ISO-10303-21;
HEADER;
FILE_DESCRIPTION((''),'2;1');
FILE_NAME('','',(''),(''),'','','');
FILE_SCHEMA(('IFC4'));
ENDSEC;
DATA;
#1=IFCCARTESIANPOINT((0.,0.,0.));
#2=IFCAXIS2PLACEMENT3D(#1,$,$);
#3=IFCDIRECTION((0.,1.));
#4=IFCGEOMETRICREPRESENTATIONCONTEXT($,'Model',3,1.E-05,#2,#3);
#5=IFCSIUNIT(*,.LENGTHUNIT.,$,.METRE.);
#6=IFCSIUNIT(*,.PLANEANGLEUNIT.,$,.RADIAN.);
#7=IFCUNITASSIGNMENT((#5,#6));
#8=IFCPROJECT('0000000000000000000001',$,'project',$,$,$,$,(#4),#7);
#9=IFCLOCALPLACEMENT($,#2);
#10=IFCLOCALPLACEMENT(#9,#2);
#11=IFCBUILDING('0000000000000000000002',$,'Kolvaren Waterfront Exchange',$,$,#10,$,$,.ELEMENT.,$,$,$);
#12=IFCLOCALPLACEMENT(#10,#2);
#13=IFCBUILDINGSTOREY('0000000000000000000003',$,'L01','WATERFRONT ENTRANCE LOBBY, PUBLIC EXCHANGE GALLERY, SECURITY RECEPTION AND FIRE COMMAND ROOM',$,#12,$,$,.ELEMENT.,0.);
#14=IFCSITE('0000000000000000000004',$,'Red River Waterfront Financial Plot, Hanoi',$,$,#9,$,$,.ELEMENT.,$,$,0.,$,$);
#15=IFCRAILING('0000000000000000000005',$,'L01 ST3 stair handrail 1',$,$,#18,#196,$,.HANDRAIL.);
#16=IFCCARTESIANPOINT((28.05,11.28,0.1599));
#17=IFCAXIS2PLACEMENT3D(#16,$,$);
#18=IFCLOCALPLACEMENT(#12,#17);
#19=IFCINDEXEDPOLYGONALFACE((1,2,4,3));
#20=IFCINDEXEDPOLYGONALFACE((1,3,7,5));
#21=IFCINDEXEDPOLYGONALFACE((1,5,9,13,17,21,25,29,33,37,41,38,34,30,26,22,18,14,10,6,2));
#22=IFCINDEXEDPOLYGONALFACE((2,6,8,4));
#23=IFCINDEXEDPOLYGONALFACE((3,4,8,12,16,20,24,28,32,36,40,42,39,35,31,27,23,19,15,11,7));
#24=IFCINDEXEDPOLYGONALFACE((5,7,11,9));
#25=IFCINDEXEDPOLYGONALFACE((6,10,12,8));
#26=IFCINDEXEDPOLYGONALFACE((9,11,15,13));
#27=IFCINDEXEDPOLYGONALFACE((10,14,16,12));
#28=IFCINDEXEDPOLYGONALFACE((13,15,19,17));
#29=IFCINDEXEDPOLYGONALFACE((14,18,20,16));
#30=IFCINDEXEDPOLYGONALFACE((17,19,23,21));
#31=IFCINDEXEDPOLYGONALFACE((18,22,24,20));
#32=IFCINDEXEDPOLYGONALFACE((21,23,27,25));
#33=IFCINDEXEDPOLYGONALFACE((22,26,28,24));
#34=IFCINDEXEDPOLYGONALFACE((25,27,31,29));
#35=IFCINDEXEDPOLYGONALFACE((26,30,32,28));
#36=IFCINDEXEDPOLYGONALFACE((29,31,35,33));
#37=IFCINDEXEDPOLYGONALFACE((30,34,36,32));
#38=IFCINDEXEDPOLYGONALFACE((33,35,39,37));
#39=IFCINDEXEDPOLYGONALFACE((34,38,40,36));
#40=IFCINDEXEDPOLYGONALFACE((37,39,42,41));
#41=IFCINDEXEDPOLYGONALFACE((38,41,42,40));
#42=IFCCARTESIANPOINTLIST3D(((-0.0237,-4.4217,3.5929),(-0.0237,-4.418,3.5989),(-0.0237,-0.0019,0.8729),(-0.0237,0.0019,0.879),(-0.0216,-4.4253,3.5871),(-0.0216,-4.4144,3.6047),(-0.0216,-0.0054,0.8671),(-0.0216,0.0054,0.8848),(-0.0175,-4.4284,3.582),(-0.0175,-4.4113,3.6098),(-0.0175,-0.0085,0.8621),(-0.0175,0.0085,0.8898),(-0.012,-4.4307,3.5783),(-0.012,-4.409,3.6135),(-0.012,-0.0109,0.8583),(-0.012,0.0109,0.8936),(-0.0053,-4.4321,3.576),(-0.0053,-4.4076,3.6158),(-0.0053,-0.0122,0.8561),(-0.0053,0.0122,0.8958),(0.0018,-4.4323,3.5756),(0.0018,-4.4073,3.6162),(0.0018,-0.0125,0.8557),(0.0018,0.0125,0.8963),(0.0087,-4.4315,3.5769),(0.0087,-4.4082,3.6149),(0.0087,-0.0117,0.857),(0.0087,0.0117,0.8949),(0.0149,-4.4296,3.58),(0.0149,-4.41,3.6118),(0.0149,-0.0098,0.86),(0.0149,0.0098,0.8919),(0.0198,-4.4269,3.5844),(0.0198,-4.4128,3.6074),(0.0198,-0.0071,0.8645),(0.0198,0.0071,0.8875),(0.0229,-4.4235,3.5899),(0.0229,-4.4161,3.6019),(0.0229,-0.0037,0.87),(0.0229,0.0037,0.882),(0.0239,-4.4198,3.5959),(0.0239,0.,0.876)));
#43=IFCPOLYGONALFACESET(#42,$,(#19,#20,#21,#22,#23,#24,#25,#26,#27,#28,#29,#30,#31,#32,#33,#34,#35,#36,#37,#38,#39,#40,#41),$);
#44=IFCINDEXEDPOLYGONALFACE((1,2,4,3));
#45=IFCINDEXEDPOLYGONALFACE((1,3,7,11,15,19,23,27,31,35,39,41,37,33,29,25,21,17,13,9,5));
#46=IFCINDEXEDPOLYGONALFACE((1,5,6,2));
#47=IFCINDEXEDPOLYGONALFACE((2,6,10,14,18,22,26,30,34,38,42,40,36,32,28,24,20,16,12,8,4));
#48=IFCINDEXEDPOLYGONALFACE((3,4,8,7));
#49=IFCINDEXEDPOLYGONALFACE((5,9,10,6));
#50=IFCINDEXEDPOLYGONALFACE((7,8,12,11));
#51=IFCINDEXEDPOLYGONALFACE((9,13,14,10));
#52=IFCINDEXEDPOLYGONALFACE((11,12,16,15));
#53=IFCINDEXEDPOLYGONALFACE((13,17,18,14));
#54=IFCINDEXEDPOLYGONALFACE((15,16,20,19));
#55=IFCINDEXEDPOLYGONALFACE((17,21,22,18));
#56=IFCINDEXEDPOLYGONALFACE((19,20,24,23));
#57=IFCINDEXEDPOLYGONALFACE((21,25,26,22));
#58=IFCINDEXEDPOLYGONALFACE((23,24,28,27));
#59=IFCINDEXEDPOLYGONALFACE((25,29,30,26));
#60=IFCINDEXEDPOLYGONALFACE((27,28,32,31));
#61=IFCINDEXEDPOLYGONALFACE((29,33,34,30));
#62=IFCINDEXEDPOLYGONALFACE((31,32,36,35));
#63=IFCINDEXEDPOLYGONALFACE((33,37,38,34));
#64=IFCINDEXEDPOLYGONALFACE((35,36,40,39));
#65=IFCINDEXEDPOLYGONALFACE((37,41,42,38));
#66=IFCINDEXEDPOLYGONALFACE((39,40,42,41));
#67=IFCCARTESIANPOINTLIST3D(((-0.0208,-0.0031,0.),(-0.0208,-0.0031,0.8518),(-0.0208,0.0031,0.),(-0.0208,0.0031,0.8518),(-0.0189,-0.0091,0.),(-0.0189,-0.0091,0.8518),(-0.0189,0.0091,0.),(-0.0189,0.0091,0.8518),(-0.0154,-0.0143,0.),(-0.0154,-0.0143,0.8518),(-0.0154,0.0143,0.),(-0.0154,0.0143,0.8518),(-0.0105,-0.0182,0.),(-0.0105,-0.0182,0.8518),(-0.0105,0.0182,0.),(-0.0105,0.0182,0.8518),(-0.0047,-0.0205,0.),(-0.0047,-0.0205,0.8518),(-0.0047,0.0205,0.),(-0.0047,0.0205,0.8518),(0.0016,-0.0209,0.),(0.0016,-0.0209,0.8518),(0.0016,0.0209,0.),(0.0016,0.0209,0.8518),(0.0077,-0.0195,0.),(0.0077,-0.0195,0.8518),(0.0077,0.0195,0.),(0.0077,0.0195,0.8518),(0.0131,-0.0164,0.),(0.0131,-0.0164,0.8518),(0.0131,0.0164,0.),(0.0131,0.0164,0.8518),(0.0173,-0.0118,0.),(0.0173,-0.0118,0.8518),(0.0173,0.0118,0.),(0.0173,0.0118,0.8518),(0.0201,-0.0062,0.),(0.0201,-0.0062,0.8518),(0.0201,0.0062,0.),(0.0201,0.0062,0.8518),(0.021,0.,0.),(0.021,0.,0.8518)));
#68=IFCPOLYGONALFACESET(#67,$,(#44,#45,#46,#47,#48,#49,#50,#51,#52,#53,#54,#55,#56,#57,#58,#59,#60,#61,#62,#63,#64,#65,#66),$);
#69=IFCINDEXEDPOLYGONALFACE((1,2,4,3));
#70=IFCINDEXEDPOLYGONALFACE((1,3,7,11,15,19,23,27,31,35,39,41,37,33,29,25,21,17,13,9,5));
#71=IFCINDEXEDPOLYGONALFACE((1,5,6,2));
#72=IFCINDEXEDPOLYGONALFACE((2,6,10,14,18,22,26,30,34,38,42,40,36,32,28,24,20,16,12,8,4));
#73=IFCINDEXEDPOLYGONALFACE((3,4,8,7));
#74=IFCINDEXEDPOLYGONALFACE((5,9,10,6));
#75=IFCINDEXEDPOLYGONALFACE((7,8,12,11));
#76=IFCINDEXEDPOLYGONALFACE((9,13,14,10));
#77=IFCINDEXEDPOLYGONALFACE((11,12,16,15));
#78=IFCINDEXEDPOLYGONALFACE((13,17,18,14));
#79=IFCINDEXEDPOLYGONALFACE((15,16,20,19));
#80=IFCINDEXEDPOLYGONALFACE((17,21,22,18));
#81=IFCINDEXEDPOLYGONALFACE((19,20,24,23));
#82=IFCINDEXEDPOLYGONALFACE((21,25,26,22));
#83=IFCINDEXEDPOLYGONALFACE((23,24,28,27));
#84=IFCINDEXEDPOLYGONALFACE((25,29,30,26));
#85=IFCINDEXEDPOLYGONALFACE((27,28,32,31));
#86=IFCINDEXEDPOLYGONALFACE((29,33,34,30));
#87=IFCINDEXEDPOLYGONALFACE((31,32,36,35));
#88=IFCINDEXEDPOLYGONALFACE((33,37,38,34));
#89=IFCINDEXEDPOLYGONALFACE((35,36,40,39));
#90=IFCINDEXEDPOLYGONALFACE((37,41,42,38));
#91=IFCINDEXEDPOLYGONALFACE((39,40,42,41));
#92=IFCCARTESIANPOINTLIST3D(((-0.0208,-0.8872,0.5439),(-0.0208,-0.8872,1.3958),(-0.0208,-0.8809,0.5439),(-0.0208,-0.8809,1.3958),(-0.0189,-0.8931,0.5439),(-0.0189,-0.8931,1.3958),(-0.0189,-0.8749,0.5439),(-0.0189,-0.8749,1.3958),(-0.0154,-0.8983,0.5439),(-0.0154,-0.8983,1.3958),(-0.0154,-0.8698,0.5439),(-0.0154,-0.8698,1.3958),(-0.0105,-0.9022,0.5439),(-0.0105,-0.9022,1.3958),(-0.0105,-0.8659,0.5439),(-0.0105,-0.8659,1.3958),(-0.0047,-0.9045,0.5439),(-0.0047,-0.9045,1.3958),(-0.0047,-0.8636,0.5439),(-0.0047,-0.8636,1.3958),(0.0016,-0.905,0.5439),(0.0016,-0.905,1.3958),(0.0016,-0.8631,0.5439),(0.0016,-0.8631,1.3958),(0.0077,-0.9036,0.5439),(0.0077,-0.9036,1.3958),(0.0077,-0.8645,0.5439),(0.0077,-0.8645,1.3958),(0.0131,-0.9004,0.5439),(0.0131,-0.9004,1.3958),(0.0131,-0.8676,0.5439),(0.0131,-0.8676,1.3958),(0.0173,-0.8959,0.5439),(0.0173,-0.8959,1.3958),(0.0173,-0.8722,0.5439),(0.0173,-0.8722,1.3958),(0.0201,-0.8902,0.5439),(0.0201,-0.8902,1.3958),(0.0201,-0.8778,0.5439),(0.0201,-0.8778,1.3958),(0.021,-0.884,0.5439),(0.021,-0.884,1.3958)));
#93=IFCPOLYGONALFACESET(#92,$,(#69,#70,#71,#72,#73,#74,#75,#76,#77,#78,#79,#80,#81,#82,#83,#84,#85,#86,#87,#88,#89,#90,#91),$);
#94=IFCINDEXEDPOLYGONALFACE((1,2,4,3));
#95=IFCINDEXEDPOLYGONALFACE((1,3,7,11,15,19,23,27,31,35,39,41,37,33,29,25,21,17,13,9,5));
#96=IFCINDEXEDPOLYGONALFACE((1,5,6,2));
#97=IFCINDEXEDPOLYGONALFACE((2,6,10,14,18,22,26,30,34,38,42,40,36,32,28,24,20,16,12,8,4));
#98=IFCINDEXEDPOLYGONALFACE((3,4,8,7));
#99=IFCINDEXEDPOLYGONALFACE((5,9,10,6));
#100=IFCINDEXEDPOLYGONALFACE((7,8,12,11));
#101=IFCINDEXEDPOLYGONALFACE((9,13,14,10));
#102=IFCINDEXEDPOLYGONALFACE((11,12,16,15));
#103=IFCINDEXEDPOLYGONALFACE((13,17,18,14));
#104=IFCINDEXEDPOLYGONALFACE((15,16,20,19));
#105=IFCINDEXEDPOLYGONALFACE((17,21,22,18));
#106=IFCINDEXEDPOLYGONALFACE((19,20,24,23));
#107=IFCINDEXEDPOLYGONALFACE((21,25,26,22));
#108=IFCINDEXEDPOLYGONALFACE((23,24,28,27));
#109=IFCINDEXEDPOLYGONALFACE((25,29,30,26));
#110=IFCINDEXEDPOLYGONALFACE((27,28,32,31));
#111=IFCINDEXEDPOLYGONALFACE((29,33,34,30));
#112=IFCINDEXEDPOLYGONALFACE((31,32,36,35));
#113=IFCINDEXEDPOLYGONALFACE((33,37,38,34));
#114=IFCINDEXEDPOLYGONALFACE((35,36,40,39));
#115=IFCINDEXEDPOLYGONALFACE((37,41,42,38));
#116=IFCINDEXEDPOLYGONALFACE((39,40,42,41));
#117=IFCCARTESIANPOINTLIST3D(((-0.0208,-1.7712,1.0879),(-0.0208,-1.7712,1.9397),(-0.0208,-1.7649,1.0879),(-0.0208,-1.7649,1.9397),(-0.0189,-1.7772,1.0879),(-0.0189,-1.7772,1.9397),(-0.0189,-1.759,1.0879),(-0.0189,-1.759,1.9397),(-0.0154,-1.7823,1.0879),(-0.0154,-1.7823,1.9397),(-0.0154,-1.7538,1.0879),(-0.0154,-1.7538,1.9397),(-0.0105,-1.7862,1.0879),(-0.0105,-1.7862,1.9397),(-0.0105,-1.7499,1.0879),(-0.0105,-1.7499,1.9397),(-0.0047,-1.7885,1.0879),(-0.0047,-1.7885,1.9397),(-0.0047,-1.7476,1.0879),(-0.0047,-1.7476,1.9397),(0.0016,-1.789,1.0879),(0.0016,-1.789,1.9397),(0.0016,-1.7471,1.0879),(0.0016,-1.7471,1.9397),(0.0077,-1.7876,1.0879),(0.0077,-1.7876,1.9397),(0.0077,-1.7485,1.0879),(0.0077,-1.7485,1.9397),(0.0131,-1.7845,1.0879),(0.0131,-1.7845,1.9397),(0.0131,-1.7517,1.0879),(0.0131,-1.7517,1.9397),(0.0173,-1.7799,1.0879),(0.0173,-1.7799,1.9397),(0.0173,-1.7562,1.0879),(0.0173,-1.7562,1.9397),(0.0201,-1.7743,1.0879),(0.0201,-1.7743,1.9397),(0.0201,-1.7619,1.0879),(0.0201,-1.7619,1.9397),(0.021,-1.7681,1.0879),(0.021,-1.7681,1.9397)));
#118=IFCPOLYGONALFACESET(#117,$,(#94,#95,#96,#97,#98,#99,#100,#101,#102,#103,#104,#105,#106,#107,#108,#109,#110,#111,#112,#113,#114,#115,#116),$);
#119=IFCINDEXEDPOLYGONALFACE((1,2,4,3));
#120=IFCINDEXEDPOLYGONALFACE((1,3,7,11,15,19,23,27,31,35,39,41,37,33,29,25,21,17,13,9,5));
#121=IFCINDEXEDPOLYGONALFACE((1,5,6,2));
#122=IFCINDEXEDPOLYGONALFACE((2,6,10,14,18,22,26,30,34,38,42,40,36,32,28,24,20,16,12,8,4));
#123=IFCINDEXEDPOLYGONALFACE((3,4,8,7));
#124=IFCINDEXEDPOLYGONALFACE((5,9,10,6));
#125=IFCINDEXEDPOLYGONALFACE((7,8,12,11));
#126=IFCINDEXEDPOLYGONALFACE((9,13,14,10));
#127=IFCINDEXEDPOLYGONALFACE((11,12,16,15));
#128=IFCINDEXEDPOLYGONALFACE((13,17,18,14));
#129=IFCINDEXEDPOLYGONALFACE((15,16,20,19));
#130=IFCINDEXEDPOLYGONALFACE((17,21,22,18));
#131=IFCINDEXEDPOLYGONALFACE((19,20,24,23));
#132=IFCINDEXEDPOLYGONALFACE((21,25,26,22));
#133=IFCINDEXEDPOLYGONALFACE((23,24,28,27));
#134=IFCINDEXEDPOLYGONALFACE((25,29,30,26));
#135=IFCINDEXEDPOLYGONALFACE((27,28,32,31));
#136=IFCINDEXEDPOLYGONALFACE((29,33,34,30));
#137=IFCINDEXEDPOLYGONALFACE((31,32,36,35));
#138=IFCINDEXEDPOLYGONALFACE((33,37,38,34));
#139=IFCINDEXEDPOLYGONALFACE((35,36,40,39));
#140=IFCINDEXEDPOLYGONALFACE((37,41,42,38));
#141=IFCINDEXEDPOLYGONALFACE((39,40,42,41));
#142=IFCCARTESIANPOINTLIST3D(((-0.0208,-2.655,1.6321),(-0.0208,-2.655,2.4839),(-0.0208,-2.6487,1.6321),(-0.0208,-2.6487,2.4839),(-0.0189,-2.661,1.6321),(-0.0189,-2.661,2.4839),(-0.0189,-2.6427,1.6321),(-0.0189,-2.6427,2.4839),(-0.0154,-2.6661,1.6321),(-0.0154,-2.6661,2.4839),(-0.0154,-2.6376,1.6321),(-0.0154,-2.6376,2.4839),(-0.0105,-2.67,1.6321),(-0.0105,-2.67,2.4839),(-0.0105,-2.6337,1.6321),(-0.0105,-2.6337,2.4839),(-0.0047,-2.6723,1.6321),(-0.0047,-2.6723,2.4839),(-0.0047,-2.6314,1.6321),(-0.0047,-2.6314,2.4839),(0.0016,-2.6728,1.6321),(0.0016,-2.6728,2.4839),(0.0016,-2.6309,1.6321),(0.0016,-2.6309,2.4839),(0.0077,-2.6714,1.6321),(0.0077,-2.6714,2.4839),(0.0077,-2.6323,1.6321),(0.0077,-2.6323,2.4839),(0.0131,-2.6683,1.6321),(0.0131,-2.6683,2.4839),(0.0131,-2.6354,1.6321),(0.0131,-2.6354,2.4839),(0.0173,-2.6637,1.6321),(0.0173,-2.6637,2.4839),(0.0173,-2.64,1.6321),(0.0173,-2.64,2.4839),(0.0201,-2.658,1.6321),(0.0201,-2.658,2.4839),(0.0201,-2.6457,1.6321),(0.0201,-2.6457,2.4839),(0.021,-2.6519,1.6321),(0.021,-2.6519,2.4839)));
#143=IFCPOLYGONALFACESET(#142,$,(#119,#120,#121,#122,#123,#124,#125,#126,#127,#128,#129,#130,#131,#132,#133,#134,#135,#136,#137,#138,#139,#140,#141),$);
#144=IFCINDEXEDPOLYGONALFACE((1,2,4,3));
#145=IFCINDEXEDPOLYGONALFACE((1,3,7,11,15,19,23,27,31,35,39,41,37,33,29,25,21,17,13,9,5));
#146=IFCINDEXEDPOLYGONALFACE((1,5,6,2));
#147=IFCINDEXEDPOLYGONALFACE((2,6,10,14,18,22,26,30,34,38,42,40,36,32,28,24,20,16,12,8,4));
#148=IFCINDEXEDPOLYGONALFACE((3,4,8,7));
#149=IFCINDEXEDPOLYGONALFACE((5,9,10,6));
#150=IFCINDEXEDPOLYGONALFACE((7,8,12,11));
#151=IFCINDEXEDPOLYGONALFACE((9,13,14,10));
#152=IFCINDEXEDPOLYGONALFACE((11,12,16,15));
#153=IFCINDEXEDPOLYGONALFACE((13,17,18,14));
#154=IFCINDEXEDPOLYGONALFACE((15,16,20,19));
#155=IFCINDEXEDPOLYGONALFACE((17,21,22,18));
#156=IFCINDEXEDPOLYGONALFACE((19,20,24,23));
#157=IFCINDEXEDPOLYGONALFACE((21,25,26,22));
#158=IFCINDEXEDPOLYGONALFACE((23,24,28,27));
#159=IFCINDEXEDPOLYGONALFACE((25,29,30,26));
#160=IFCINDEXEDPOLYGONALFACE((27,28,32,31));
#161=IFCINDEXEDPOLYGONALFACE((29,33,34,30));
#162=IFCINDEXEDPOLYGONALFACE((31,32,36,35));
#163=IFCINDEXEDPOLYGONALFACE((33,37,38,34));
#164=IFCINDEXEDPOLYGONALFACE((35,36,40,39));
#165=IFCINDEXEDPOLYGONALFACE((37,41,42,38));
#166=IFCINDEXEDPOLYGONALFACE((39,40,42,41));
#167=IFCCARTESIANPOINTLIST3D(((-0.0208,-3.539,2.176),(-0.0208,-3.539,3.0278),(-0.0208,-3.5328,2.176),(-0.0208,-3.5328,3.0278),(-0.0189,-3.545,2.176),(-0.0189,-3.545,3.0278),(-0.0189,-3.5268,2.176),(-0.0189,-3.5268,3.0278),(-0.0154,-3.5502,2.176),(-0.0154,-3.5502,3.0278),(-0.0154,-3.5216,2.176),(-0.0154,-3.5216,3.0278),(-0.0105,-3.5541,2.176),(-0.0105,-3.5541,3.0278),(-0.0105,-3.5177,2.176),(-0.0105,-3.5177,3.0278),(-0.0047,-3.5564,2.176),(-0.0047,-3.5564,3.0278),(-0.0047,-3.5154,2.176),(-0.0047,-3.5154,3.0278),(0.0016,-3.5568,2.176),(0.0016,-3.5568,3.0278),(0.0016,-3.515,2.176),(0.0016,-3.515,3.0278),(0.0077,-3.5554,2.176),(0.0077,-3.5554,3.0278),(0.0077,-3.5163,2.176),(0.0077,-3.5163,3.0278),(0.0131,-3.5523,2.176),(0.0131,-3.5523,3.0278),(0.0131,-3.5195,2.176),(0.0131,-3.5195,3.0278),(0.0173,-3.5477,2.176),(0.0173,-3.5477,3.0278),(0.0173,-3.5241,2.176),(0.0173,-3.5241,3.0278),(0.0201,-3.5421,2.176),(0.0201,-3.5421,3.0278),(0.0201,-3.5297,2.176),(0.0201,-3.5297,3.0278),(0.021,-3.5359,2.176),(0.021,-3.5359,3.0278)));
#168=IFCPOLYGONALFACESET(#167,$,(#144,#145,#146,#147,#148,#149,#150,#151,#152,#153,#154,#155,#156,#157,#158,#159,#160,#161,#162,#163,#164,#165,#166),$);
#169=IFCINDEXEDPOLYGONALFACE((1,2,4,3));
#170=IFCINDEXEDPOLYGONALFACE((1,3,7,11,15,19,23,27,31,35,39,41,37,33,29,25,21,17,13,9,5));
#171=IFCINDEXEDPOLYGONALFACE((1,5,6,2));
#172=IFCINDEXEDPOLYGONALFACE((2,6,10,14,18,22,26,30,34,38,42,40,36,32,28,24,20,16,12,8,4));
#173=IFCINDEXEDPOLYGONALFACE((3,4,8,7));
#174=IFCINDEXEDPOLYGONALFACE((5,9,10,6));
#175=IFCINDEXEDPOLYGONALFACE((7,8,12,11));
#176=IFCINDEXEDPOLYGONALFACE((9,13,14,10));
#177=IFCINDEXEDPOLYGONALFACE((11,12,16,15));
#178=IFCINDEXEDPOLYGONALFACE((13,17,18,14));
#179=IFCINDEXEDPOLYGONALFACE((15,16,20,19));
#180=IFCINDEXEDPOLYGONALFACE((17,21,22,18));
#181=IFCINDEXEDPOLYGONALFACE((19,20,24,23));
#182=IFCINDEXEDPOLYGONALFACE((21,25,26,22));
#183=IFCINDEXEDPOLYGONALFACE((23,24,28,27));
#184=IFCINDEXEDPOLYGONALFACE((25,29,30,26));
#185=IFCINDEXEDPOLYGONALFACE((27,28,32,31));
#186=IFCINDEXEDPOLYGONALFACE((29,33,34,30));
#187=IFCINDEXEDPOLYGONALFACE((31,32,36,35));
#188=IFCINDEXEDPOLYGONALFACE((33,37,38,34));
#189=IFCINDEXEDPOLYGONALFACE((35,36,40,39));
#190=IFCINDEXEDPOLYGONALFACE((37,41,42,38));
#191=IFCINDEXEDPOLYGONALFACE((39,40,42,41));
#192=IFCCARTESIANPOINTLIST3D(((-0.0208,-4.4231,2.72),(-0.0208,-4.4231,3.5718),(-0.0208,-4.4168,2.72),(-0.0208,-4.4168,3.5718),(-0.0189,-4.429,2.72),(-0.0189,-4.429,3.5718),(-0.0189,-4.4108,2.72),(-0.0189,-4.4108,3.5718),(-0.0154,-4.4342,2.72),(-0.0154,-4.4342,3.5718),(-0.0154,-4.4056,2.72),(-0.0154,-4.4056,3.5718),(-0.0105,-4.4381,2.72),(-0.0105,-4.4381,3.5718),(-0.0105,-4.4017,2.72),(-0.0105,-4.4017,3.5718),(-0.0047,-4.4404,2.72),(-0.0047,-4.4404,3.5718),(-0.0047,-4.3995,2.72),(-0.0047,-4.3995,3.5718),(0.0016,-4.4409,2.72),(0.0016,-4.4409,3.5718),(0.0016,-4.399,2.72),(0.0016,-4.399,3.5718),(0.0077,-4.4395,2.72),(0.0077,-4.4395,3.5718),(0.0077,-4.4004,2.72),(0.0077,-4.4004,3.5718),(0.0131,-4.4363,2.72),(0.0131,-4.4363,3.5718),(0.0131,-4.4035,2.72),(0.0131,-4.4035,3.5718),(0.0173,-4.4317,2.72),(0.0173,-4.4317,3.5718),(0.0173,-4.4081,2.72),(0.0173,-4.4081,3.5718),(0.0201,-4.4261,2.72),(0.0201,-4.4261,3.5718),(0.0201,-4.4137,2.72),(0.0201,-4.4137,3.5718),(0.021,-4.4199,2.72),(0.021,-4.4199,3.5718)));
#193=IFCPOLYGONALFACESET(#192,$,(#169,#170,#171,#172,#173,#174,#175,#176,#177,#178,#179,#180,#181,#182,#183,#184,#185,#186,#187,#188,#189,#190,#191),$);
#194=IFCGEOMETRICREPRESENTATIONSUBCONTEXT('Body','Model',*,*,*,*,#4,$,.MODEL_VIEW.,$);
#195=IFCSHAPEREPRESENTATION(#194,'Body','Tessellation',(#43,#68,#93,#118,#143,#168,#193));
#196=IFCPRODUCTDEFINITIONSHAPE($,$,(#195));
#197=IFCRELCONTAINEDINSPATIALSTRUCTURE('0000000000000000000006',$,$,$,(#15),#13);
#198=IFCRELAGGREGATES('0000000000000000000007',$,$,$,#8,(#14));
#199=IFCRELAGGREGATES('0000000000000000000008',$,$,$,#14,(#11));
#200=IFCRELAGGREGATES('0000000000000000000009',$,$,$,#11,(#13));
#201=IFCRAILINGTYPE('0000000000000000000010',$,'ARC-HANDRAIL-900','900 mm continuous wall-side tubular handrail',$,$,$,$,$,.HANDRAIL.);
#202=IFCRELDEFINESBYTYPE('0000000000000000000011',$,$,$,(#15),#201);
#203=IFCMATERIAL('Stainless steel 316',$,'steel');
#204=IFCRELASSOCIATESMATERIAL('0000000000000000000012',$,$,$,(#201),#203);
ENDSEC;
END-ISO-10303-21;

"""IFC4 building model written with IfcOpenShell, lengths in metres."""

from ifc_helpers import new_model, si_unit, direction, frame, origin, origin_2d, place, context, subcontext, project, spatial, circle, extrude, material, type_object, element, save


model = new_model("IFC4")

# Units and contexts
model_context = context("Model", 3, precision=1e-05, world=origin(), true_north=direction((0.0, 1.0)))
body_context = subcontext(model_context, "Body", "Model", "MODEL_VIEW")
ifc_project = project(units=[si_unit("LENGTHUNIT", "METRE"), si_unit("PLANEANGLEUNIT", "RADIAN")], contexts=[model_context])

# Site, building, storey
site_placement = place(None, origin())
site = spatial("IfcSite", under=ifc_project, at=site_placement, Name="Red River Waterfront Financial Plot, Hanoi", CompositionType="ELEMENT", RefElevation=0.0)
building_placement = place(site_placement, origin())
building = spatial("IfcBuilding", under=site, at=building_placement, Name="Kolvaren Waterfront Exchange", CompositionType="ELEMENT")
storey_placement = place(building_placement, origin())
storey = spatial("IfcBuildingStorey", under=building, at=storey_placement, Name="L01", Description="WATERFRONT ENTRANCE LOBBY, PUBLIC EXCHANGE GALLERY, SECURITY RECEPTION AND FIRE COMMAND ROOM", CompositionType="ELEMENT", Elevation=0.0)

# Railing
ifc_material_1 = material(Name="Stainless steel 316", Category="steel")
railing_type_1 = type_object("IfcRailingType", Name="ARC-HANDRAIL-900", Description="900 mm continuous wall-side tubular handrail", PredefinedType="HANDRAIL", material=ifc_material_1)
railing_1_placement = place(storey_placement, frame((28.05, 11.28, 0.1599)))
element("IfcRailing", 1, at=railing_1_placement, inside=storey, type_object=railing_type_1, Name="L01 ST3 stair handrail 1", PredefinedType="HANDRAIL", context=body_context, shape_type="SweptSolid", body=[
    extrude(circle(Radius=0.0239, at=origin_2d()), frame((0.0, 0.0, 0.876), z_axis=(0.0, -0.851657, 0.5241), x_axis=(1.0, 0.0, 0.0)), (0.0, 0.0, 1.0), 5.1897),
    extrude(circle(Radius=0.021, at=origin_2d()), origin(), (0.0, 0.0, 1.0), 0.8518),
    extrude(circle(Radius=0.021, at=origin_2d()), frame((0.0, -0.884, 0.5439)), (0.0, 0.0, 1.0), 0.8518),
    extrude(circle(Radius=0.021, at=origin_2d()), frame((0.0, -1.7681, 1.0879)), (0.0, 0.0, 1.0), 0.8518),
    extrude(circle(Radius=0.021, at=origin_2d()), frame((0.0, -2.6519, 1.6321)), (0.0, 0.0, 1.0), 0.8518),
    extrude(circle(Radius=0.021, at=origin_2d()), frame((0.0, -3.5359, 2.176)), (0.0, 0.0, 1.0), 0.8518),
    extrude(circle(Radius=0.021, at=origin_2d()), frame((0.0, -4.4199, 2.72)), (0.0, 0.0, 1.0), 0.8518),
])

save(model, "model.ifc")
